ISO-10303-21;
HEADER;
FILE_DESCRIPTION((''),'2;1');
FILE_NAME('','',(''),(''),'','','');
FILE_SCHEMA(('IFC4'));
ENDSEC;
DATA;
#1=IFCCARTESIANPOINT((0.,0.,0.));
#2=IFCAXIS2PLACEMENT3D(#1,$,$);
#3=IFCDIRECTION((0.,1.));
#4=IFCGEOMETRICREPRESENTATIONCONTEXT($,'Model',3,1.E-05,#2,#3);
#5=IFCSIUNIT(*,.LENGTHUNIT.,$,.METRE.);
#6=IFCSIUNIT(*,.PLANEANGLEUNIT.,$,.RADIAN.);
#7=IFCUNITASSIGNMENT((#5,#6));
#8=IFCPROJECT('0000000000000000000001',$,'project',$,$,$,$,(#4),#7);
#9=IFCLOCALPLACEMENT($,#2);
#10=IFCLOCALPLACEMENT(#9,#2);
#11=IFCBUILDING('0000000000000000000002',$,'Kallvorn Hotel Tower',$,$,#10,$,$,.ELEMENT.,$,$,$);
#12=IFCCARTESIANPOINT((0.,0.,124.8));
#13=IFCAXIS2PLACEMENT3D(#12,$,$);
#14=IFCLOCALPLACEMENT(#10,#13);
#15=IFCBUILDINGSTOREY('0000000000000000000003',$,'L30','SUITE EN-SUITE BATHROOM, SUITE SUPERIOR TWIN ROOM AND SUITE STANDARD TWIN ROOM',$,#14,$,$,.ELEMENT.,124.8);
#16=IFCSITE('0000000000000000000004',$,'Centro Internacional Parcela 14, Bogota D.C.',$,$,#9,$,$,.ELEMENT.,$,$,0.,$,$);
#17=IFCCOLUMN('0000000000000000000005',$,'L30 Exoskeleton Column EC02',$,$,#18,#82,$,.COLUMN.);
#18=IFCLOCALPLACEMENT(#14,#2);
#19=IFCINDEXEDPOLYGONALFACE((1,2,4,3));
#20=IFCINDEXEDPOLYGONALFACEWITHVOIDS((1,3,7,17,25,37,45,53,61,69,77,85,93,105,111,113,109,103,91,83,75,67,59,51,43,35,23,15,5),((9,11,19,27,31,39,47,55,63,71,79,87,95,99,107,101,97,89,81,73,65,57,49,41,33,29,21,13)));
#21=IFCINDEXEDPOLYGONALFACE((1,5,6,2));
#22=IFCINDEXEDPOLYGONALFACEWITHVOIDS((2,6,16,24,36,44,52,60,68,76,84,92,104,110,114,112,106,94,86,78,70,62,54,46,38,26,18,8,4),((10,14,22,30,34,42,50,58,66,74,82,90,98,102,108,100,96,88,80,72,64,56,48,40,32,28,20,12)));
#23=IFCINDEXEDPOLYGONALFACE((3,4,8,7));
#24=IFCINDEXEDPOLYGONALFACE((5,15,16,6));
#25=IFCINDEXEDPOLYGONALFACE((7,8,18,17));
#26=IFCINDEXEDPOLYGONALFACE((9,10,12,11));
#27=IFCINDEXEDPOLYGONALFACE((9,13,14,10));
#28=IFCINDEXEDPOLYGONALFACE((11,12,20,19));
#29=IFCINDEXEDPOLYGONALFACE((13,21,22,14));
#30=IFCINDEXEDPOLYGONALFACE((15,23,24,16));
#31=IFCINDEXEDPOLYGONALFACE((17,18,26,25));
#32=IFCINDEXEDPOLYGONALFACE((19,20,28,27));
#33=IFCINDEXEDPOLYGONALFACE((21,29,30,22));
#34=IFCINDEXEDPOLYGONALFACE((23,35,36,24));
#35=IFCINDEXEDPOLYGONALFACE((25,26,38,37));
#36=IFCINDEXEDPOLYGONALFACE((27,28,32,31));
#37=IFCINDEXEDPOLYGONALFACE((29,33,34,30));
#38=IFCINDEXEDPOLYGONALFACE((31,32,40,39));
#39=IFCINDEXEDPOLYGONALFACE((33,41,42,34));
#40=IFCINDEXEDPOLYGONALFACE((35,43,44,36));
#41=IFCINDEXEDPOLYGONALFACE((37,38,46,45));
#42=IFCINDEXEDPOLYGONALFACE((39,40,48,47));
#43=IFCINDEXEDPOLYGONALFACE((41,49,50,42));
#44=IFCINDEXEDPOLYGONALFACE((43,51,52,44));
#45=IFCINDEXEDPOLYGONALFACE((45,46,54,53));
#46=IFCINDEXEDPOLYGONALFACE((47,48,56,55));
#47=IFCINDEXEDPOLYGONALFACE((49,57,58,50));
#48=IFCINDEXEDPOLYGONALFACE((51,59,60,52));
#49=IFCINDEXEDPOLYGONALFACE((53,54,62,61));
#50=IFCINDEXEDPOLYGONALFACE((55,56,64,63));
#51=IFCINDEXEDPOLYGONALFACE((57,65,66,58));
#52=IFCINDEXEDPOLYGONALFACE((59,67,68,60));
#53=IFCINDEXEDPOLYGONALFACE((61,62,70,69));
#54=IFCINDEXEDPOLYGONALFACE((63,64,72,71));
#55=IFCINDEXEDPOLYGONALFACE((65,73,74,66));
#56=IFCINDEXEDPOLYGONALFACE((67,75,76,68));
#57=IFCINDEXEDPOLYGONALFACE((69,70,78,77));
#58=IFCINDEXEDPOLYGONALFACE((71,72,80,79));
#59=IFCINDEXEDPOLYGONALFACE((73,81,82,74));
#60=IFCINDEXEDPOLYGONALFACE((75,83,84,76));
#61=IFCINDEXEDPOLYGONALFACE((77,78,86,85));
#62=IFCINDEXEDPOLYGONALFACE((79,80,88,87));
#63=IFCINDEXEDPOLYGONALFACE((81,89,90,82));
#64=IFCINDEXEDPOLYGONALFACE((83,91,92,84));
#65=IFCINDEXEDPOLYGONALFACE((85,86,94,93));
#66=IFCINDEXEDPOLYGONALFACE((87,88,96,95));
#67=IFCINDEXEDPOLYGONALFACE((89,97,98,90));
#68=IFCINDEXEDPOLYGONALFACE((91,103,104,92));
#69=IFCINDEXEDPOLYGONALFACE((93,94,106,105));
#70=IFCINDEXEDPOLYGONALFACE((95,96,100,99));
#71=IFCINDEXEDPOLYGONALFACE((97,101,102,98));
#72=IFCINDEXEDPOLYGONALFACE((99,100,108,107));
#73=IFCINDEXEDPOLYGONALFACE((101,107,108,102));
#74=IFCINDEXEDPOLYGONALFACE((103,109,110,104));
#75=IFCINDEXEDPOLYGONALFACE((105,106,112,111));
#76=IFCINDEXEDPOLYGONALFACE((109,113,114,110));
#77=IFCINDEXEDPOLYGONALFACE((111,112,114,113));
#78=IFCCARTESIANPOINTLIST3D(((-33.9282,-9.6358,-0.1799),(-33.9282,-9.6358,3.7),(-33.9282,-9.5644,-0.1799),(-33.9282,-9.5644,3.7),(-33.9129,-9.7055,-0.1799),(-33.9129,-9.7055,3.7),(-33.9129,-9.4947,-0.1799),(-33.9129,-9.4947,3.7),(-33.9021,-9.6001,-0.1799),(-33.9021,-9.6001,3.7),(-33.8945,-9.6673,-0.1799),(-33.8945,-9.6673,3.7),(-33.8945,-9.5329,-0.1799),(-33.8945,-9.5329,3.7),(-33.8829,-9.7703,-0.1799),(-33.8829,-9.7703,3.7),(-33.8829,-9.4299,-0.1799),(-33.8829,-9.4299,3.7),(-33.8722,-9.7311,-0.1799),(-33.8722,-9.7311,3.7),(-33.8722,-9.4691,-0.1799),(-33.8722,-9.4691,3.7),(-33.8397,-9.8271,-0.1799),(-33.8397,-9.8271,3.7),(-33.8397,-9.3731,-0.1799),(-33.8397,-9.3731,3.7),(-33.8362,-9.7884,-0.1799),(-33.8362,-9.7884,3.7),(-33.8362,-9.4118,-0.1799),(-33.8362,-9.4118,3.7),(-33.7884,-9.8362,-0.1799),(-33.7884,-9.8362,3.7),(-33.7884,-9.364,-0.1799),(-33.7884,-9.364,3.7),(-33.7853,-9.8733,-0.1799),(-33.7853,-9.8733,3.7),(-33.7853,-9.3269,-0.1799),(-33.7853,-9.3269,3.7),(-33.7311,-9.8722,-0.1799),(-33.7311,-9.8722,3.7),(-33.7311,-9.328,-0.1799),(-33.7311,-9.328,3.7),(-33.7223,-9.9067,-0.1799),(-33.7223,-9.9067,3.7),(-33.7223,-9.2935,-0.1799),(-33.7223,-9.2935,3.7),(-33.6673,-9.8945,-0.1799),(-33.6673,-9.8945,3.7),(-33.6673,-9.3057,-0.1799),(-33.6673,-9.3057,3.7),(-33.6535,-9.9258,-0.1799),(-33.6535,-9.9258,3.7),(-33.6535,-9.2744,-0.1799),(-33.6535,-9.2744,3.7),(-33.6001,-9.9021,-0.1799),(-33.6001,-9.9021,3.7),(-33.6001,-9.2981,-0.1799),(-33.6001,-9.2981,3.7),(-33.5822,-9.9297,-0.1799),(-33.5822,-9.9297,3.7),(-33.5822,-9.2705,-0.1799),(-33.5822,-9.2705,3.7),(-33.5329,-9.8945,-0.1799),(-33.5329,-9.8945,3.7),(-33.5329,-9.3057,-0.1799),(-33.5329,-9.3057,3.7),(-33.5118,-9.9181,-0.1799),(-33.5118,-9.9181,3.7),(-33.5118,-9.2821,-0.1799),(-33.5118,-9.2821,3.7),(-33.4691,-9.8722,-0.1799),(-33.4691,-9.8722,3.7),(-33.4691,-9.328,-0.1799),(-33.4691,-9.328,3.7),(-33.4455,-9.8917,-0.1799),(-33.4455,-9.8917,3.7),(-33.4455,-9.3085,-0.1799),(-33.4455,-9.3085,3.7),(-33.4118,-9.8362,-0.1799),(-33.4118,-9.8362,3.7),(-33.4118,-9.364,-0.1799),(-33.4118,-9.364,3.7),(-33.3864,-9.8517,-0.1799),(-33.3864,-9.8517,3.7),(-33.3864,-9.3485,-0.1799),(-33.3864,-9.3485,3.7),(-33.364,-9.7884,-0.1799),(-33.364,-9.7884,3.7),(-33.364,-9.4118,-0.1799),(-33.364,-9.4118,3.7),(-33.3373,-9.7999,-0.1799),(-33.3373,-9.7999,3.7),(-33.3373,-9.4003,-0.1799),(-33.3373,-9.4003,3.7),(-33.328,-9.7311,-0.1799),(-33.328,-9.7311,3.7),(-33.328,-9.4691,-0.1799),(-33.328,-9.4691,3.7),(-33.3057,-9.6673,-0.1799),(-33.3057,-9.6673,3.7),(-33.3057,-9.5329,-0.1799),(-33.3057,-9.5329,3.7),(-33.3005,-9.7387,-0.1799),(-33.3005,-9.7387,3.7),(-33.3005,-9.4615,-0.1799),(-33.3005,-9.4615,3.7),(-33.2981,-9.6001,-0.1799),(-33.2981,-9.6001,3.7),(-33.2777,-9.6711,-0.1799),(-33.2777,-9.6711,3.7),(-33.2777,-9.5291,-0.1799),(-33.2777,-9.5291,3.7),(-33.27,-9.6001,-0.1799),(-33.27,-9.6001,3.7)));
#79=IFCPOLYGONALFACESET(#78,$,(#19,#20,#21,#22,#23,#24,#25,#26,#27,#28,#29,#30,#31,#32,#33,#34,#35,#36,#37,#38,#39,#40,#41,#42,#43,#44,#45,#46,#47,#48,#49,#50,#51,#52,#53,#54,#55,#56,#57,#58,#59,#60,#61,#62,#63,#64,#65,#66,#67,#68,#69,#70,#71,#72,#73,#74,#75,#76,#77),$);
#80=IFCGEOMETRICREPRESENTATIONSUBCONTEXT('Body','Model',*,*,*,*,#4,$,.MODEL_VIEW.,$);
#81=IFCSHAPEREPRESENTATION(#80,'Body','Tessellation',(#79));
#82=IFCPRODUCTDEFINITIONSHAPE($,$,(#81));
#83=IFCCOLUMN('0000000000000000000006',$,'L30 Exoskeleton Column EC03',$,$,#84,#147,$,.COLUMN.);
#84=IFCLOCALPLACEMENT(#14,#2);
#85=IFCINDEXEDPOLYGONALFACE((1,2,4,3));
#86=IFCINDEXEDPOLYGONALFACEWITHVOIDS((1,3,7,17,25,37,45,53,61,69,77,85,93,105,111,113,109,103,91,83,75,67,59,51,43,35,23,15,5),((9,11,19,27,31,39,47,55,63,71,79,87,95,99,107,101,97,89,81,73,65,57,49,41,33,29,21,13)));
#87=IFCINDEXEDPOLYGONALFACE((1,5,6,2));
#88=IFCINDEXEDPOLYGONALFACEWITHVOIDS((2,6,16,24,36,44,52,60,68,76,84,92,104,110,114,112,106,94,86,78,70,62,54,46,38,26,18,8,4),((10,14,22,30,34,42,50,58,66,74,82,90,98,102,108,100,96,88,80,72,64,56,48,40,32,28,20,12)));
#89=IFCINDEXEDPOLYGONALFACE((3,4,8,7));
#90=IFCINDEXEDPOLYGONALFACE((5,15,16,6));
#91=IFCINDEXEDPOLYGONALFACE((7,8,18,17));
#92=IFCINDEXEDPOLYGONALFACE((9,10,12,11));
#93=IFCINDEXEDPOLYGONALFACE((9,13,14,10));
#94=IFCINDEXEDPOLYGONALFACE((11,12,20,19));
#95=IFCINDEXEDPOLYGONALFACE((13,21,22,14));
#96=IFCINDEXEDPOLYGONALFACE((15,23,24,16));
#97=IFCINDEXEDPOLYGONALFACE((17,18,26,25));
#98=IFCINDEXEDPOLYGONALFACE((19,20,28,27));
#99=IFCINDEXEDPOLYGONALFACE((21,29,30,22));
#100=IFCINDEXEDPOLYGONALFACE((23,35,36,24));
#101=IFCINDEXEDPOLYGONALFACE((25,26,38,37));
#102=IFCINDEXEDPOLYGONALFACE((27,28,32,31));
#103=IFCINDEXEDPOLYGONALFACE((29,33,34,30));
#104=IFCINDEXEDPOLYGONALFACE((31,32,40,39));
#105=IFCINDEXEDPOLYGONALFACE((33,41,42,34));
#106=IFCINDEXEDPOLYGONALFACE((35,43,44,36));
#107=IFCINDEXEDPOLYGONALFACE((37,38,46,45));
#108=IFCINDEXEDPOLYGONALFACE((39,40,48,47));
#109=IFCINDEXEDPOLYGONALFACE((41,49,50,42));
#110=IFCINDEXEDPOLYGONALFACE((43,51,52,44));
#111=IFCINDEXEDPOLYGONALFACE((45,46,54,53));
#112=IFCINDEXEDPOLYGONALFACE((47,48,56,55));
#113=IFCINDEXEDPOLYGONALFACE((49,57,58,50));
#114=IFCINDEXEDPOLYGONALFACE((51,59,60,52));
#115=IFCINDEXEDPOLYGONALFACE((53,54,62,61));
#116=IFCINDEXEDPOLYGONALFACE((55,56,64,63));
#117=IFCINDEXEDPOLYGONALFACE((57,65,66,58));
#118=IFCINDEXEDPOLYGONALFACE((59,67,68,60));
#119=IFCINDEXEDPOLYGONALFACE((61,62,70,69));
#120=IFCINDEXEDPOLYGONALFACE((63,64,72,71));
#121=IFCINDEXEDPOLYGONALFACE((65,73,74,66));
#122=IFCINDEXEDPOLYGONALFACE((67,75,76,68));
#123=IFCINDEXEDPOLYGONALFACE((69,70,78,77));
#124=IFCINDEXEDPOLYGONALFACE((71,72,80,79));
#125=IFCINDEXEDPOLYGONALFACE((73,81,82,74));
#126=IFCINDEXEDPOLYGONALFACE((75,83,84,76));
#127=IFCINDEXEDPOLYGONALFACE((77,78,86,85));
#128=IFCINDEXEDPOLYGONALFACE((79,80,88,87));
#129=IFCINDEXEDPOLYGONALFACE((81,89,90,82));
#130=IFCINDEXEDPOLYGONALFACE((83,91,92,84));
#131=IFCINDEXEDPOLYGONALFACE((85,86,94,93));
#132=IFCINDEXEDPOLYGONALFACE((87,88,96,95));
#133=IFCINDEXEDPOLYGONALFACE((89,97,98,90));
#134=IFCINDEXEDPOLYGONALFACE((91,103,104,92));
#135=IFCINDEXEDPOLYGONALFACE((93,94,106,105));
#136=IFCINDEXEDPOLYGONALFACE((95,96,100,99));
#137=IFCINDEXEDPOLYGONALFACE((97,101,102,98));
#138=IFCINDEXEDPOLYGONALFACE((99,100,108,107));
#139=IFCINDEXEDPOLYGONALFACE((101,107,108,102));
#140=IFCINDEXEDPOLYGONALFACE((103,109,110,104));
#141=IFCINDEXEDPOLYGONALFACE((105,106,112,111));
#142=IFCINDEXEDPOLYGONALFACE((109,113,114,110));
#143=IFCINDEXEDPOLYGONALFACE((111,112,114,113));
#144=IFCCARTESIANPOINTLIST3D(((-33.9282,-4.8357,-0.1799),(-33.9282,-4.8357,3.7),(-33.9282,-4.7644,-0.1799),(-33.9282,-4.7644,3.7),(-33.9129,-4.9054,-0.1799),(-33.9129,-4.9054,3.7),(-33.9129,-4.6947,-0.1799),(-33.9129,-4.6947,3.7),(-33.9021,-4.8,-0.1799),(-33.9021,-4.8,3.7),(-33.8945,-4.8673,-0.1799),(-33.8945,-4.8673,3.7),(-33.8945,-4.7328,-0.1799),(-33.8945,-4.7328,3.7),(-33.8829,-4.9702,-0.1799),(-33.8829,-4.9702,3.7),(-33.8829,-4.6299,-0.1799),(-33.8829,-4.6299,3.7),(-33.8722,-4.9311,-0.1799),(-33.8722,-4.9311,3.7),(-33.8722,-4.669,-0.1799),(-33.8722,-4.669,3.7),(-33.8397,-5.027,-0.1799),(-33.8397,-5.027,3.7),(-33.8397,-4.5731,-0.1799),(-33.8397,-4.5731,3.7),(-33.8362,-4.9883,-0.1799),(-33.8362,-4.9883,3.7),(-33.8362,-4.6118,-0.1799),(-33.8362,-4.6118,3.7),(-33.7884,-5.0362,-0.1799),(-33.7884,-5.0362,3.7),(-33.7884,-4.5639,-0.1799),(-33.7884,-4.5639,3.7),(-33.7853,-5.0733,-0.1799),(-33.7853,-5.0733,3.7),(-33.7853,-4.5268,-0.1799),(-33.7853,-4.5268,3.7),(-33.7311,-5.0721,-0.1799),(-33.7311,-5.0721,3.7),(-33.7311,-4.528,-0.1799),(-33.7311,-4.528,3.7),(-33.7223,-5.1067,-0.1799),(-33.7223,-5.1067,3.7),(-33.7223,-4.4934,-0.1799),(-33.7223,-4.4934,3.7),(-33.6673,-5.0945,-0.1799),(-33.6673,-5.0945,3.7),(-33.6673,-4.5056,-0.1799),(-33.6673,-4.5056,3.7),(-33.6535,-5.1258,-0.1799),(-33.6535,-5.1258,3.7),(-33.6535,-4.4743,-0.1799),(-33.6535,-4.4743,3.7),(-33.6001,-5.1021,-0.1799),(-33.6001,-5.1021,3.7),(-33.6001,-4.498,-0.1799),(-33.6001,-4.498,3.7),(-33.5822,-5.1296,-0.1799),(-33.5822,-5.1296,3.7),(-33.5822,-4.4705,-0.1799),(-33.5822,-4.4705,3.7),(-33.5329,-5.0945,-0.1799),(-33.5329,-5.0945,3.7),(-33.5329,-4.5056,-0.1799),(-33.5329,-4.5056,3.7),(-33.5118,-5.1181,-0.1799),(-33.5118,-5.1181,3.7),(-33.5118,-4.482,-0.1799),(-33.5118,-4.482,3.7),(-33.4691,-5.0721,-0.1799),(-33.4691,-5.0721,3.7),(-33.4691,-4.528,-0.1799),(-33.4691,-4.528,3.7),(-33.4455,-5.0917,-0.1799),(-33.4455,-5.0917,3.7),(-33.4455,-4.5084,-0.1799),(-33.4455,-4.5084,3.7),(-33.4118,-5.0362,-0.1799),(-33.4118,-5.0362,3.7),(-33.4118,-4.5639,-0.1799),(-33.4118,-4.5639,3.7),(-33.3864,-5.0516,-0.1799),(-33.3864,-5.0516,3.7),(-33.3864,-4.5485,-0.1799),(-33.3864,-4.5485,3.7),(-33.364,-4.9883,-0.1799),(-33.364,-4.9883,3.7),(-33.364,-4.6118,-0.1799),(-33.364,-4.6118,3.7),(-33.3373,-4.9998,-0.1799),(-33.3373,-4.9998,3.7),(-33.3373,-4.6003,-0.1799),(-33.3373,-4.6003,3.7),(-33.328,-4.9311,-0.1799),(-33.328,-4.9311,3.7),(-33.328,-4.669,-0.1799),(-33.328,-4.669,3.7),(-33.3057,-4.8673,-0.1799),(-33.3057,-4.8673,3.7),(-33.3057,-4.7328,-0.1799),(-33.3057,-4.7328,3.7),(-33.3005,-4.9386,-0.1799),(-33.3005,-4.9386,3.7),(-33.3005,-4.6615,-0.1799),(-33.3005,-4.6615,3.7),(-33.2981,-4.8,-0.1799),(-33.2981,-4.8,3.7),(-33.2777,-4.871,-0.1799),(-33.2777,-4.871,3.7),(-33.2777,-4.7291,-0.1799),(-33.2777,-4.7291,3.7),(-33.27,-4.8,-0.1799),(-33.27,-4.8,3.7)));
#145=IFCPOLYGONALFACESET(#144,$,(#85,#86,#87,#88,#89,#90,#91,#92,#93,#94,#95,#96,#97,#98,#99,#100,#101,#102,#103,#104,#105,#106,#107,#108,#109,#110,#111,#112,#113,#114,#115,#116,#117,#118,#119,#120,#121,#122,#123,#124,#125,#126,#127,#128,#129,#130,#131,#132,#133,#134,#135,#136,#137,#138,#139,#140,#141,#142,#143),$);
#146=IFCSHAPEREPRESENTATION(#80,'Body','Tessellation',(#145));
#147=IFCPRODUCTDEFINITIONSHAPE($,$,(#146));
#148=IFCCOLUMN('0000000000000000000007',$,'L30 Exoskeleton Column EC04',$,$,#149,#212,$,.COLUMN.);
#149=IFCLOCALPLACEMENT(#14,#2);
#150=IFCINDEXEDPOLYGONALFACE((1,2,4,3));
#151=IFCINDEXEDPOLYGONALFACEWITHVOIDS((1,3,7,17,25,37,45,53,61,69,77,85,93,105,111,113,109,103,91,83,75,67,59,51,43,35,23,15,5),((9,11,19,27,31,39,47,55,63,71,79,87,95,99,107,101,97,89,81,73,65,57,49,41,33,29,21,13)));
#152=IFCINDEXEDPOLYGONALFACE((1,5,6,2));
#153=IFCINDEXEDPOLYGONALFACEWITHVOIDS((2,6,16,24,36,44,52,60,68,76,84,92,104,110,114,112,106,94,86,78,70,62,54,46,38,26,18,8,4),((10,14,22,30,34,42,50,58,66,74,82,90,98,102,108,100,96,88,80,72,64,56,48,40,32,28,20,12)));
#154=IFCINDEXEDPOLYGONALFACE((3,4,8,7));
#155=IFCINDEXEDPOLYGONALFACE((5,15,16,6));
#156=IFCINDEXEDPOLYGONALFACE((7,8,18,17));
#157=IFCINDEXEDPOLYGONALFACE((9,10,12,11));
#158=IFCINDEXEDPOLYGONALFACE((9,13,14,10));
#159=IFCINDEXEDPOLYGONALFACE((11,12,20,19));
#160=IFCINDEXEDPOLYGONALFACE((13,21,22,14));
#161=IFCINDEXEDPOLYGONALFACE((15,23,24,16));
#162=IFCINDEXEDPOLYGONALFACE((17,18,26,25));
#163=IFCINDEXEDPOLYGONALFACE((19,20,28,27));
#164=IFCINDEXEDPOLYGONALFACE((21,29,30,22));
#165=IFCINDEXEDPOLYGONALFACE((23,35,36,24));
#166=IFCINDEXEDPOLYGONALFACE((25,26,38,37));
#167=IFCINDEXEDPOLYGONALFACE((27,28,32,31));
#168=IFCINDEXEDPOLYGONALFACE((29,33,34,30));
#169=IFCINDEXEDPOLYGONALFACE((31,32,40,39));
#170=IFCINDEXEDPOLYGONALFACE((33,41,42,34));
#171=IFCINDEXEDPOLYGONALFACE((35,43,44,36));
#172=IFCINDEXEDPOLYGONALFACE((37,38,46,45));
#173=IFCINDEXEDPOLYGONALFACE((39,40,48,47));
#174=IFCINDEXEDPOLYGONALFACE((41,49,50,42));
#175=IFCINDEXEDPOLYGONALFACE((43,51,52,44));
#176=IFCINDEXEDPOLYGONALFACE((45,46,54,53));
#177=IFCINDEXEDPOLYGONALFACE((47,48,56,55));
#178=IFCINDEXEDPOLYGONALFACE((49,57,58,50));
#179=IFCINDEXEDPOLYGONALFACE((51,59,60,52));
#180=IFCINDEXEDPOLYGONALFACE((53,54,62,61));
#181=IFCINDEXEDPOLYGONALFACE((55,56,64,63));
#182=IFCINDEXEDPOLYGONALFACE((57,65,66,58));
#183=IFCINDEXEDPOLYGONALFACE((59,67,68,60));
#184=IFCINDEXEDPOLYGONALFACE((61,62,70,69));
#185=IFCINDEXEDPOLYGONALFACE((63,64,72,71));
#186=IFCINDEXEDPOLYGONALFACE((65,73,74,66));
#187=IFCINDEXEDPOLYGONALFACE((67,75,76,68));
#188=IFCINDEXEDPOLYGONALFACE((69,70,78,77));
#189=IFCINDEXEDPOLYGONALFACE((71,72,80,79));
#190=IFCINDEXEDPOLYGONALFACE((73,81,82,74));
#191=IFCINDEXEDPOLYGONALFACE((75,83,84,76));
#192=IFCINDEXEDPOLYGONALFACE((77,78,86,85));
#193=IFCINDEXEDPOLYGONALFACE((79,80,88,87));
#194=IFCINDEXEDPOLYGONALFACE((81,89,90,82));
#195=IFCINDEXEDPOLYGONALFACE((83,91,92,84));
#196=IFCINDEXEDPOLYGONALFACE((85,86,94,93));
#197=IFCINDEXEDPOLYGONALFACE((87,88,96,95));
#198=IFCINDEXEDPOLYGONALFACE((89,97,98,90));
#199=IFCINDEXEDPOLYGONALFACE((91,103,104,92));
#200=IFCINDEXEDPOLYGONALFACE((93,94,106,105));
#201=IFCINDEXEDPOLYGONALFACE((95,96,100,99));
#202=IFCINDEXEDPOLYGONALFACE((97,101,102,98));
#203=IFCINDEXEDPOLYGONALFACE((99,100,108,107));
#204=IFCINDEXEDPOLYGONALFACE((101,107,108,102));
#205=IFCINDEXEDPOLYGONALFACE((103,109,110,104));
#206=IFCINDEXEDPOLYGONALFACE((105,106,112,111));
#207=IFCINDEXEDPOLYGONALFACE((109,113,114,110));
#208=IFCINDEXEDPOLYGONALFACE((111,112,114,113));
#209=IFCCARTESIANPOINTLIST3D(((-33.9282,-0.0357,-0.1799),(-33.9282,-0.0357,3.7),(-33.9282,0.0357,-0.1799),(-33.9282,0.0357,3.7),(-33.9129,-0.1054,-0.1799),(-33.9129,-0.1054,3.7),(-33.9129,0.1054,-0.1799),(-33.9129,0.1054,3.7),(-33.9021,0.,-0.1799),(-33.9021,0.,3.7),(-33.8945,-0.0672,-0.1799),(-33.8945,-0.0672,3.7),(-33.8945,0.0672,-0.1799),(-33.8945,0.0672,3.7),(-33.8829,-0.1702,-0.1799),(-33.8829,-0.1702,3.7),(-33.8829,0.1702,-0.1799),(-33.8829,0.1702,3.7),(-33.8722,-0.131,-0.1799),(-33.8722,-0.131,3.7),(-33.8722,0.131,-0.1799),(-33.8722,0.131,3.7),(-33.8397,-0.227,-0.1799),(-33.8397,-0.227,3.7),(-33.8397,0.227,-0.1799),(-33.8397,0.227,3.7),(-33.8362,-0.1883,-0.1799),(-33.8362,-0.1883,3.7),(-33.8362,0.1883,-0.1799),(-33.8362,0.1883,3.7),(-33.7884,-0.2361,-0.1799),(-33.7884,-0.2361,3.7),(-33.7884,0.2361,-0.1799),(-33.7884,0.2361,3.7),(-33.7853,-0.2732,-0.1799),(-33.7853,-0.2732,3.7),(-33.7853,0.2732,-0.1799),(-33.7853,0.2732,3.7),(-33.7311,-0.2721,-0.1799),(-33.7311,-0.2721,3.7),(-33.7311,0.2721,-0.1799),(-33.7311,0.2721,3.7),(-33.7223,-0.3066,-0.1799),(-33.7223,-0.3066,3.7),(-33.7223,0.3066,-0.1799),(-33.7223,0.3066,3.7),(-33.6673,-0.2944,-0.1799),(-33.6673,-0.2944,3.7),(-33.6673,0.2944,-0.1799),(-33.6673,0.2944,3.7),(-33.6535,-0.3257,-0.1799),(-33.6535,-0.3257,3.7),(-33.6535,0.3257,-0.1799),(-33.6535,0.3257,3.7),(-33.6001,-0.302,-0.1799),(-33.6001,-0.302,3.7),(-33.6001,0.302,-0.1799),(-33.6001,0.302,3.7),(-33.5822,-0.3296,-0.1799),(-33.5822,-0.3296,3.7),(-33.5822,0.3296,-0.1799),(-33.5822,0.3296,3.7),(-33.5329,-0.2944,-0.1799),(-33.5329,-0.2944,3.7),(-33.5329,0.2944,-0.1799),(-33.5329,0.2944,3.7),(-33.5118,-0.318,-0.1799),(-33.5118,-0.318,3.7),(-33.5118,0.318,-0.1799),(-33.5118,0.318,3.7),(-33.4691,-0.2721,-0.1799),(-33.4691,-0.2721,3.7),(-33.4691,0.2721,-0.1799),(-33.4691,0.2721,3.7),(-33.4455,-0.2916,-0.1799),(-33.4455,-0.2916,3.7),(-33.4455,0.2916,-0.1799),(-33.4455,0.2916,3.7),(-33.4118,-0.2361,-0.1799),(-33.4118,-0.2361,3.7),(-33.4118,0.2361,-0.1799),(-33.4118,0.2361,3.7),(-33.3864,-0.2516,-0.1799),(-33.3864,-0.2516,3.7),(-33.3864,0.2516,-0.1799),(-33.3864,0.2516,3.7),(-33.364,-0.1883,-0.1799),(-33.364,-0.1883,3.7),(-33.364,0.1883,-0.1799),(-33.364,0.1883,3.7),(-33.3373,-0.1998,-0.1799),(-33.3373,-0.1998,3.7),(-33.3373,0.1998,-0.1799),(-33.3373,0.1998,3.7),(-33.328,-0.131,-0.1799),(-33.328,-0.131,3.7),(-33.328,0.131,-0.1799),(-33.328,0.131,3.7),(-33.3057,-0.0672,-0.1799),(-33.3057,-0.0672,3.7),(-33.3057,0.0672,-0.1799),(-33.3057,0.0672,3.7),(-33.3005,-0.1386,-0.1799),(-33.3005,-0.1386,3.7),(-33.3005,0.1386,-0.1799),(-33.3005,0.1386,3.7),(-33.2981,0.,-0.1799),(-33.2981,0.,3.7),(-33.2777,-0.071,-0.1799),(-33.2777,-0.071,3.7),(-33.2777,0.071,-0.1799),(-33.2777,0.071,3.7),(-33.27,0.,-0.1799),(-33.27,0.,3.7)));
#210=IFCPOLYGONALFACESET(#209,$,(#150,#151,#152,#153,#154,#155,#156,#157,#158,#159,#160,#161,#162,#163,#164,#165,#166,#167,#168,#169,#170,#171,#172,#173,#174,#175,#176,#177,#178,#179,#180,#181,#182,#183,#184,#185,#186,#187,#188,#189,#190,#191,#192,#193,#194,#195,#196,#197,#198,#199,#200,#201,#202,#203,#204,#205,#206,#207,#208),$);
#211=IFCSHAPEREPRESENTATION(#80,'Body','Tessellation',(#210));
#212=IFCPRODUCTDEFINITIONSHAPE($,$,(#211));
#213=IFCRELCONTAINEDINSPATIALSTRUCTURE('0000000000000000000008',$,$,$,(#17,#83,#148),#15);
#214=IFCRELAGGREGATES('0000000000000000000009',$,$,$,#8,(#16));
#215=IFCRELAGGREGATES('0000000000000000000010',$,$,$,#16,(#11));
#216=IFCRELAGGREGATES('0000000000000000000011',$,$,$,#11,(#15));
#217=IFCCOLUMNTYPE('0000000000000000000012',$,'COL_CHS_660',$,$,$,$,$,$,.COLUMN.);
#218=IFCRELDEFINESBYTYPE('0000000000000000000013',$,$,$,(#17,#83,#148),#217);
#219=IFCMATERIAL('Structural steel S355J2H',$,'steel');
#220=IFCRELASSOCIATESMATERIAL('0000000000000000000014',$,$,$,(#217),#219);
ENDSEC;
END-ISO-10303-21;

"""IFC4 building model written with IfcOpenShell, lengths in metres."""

from ifc_helpers import new_model, si_unit, direction, frame, origin, origin_2d, place, context, subcontext, project, spatial, hollow_circle, extrude, material, material_profile, profile_set, type_object, element, save


model = new_model("IFC4")

# Units and contexts
model_context = context("Model", 3, precision=1e-05, world=origin(), true_north=direction((0.0, 1.0)))
body_context = subcontext(model_context, "Body", "Model", "MODEL_VIEW")
ifc_project = project(units=[si_unit("LENGTHUNIT", "METRE"), si_unit("PLANEANGLEUNIT", "RADIAN")], contexts=[model_context])

# Site, building, storey
site_placement = place(None, origin())
site = spatial("IfcSite", under=ifc_project, at=site_placement, Name="Centro Internacional Parcela 14, Bogota D.C.", CompositionType="ELEMENT", RefElevation=0.0)
building_placement = place(site_placement, origin())
building = spatial("IfcBuilding", under=site, at=building_placement, Name="Kallvorn Hotel Tower", CompositionType="ELEMENT")
storey_placement = place(building_placement, frame((0.0, 0.0, 124.8)))
storey = spatial("IfcBuildingStorey", under=building, at=storey_placement, Name="L30", Description="SUITE EN-SUITE BATHROOM, SUITE SUPERIOR TWIN ROOM AND SUITE STANDARD TWIN ROOM", CompositionType="ELEMENT", Elevation=124.8)

# Columns
ifc_material_1 = material(Name="Structural steel S355J2H", Category="steel")
ifc_material_profile_1 = material_profile(ifc_material_1, hollow_circle(Radius=0.3301, WallThickness=0.0281, at=origin_2d()), Name="CHS 660x28")
ifc_profile_set_1 = profile_set([ifc_material_profile_1], Name="Structural steel S355J2H")
column_type_1 = type_object("IfcColumnType", Name="COL_CHS_660", PredefinedType="COLUMN", material=ifc_profile_set_1)
for number, where, z_axis, x_axis, name in (
    (1, (-33.6001, -9.6001, -0.1799), (0.0, 0.0, 1.0), (1.0, 0.0, 0.0), "L30 Exoskeleton Column EC02"),
    (2, (-33.6001, -4.8, -0.1799), (0.0, 0.0, 1.0), (1.0, 0.0, 0.0), "L30 Exoskeleton Column EC03"),
    (3, (-33.6001, 0.0, -0.1799), (0.0, 0.0, 1.0), (1.0, 0.0, 0.0), "L30 Exoskeleton Column EC04"),
):
    element("IfcColumn", number, at=place(storey_placement, frame(where, z_axis=z_axis, x_axis=x_axis)), inside=storey, type_object=column_type_1, Name=name, PredefinedType="COLUMN", context=body_context, shape_type="SweptSolid", body=[
        extrude(hollow_circle(Radius=0.3301, WallThickness=0.0281, at=origin_2d()), origin(), (0.0, 0.0, 1.0), 3.8799),
    ])

save(model, "model.ifc")
